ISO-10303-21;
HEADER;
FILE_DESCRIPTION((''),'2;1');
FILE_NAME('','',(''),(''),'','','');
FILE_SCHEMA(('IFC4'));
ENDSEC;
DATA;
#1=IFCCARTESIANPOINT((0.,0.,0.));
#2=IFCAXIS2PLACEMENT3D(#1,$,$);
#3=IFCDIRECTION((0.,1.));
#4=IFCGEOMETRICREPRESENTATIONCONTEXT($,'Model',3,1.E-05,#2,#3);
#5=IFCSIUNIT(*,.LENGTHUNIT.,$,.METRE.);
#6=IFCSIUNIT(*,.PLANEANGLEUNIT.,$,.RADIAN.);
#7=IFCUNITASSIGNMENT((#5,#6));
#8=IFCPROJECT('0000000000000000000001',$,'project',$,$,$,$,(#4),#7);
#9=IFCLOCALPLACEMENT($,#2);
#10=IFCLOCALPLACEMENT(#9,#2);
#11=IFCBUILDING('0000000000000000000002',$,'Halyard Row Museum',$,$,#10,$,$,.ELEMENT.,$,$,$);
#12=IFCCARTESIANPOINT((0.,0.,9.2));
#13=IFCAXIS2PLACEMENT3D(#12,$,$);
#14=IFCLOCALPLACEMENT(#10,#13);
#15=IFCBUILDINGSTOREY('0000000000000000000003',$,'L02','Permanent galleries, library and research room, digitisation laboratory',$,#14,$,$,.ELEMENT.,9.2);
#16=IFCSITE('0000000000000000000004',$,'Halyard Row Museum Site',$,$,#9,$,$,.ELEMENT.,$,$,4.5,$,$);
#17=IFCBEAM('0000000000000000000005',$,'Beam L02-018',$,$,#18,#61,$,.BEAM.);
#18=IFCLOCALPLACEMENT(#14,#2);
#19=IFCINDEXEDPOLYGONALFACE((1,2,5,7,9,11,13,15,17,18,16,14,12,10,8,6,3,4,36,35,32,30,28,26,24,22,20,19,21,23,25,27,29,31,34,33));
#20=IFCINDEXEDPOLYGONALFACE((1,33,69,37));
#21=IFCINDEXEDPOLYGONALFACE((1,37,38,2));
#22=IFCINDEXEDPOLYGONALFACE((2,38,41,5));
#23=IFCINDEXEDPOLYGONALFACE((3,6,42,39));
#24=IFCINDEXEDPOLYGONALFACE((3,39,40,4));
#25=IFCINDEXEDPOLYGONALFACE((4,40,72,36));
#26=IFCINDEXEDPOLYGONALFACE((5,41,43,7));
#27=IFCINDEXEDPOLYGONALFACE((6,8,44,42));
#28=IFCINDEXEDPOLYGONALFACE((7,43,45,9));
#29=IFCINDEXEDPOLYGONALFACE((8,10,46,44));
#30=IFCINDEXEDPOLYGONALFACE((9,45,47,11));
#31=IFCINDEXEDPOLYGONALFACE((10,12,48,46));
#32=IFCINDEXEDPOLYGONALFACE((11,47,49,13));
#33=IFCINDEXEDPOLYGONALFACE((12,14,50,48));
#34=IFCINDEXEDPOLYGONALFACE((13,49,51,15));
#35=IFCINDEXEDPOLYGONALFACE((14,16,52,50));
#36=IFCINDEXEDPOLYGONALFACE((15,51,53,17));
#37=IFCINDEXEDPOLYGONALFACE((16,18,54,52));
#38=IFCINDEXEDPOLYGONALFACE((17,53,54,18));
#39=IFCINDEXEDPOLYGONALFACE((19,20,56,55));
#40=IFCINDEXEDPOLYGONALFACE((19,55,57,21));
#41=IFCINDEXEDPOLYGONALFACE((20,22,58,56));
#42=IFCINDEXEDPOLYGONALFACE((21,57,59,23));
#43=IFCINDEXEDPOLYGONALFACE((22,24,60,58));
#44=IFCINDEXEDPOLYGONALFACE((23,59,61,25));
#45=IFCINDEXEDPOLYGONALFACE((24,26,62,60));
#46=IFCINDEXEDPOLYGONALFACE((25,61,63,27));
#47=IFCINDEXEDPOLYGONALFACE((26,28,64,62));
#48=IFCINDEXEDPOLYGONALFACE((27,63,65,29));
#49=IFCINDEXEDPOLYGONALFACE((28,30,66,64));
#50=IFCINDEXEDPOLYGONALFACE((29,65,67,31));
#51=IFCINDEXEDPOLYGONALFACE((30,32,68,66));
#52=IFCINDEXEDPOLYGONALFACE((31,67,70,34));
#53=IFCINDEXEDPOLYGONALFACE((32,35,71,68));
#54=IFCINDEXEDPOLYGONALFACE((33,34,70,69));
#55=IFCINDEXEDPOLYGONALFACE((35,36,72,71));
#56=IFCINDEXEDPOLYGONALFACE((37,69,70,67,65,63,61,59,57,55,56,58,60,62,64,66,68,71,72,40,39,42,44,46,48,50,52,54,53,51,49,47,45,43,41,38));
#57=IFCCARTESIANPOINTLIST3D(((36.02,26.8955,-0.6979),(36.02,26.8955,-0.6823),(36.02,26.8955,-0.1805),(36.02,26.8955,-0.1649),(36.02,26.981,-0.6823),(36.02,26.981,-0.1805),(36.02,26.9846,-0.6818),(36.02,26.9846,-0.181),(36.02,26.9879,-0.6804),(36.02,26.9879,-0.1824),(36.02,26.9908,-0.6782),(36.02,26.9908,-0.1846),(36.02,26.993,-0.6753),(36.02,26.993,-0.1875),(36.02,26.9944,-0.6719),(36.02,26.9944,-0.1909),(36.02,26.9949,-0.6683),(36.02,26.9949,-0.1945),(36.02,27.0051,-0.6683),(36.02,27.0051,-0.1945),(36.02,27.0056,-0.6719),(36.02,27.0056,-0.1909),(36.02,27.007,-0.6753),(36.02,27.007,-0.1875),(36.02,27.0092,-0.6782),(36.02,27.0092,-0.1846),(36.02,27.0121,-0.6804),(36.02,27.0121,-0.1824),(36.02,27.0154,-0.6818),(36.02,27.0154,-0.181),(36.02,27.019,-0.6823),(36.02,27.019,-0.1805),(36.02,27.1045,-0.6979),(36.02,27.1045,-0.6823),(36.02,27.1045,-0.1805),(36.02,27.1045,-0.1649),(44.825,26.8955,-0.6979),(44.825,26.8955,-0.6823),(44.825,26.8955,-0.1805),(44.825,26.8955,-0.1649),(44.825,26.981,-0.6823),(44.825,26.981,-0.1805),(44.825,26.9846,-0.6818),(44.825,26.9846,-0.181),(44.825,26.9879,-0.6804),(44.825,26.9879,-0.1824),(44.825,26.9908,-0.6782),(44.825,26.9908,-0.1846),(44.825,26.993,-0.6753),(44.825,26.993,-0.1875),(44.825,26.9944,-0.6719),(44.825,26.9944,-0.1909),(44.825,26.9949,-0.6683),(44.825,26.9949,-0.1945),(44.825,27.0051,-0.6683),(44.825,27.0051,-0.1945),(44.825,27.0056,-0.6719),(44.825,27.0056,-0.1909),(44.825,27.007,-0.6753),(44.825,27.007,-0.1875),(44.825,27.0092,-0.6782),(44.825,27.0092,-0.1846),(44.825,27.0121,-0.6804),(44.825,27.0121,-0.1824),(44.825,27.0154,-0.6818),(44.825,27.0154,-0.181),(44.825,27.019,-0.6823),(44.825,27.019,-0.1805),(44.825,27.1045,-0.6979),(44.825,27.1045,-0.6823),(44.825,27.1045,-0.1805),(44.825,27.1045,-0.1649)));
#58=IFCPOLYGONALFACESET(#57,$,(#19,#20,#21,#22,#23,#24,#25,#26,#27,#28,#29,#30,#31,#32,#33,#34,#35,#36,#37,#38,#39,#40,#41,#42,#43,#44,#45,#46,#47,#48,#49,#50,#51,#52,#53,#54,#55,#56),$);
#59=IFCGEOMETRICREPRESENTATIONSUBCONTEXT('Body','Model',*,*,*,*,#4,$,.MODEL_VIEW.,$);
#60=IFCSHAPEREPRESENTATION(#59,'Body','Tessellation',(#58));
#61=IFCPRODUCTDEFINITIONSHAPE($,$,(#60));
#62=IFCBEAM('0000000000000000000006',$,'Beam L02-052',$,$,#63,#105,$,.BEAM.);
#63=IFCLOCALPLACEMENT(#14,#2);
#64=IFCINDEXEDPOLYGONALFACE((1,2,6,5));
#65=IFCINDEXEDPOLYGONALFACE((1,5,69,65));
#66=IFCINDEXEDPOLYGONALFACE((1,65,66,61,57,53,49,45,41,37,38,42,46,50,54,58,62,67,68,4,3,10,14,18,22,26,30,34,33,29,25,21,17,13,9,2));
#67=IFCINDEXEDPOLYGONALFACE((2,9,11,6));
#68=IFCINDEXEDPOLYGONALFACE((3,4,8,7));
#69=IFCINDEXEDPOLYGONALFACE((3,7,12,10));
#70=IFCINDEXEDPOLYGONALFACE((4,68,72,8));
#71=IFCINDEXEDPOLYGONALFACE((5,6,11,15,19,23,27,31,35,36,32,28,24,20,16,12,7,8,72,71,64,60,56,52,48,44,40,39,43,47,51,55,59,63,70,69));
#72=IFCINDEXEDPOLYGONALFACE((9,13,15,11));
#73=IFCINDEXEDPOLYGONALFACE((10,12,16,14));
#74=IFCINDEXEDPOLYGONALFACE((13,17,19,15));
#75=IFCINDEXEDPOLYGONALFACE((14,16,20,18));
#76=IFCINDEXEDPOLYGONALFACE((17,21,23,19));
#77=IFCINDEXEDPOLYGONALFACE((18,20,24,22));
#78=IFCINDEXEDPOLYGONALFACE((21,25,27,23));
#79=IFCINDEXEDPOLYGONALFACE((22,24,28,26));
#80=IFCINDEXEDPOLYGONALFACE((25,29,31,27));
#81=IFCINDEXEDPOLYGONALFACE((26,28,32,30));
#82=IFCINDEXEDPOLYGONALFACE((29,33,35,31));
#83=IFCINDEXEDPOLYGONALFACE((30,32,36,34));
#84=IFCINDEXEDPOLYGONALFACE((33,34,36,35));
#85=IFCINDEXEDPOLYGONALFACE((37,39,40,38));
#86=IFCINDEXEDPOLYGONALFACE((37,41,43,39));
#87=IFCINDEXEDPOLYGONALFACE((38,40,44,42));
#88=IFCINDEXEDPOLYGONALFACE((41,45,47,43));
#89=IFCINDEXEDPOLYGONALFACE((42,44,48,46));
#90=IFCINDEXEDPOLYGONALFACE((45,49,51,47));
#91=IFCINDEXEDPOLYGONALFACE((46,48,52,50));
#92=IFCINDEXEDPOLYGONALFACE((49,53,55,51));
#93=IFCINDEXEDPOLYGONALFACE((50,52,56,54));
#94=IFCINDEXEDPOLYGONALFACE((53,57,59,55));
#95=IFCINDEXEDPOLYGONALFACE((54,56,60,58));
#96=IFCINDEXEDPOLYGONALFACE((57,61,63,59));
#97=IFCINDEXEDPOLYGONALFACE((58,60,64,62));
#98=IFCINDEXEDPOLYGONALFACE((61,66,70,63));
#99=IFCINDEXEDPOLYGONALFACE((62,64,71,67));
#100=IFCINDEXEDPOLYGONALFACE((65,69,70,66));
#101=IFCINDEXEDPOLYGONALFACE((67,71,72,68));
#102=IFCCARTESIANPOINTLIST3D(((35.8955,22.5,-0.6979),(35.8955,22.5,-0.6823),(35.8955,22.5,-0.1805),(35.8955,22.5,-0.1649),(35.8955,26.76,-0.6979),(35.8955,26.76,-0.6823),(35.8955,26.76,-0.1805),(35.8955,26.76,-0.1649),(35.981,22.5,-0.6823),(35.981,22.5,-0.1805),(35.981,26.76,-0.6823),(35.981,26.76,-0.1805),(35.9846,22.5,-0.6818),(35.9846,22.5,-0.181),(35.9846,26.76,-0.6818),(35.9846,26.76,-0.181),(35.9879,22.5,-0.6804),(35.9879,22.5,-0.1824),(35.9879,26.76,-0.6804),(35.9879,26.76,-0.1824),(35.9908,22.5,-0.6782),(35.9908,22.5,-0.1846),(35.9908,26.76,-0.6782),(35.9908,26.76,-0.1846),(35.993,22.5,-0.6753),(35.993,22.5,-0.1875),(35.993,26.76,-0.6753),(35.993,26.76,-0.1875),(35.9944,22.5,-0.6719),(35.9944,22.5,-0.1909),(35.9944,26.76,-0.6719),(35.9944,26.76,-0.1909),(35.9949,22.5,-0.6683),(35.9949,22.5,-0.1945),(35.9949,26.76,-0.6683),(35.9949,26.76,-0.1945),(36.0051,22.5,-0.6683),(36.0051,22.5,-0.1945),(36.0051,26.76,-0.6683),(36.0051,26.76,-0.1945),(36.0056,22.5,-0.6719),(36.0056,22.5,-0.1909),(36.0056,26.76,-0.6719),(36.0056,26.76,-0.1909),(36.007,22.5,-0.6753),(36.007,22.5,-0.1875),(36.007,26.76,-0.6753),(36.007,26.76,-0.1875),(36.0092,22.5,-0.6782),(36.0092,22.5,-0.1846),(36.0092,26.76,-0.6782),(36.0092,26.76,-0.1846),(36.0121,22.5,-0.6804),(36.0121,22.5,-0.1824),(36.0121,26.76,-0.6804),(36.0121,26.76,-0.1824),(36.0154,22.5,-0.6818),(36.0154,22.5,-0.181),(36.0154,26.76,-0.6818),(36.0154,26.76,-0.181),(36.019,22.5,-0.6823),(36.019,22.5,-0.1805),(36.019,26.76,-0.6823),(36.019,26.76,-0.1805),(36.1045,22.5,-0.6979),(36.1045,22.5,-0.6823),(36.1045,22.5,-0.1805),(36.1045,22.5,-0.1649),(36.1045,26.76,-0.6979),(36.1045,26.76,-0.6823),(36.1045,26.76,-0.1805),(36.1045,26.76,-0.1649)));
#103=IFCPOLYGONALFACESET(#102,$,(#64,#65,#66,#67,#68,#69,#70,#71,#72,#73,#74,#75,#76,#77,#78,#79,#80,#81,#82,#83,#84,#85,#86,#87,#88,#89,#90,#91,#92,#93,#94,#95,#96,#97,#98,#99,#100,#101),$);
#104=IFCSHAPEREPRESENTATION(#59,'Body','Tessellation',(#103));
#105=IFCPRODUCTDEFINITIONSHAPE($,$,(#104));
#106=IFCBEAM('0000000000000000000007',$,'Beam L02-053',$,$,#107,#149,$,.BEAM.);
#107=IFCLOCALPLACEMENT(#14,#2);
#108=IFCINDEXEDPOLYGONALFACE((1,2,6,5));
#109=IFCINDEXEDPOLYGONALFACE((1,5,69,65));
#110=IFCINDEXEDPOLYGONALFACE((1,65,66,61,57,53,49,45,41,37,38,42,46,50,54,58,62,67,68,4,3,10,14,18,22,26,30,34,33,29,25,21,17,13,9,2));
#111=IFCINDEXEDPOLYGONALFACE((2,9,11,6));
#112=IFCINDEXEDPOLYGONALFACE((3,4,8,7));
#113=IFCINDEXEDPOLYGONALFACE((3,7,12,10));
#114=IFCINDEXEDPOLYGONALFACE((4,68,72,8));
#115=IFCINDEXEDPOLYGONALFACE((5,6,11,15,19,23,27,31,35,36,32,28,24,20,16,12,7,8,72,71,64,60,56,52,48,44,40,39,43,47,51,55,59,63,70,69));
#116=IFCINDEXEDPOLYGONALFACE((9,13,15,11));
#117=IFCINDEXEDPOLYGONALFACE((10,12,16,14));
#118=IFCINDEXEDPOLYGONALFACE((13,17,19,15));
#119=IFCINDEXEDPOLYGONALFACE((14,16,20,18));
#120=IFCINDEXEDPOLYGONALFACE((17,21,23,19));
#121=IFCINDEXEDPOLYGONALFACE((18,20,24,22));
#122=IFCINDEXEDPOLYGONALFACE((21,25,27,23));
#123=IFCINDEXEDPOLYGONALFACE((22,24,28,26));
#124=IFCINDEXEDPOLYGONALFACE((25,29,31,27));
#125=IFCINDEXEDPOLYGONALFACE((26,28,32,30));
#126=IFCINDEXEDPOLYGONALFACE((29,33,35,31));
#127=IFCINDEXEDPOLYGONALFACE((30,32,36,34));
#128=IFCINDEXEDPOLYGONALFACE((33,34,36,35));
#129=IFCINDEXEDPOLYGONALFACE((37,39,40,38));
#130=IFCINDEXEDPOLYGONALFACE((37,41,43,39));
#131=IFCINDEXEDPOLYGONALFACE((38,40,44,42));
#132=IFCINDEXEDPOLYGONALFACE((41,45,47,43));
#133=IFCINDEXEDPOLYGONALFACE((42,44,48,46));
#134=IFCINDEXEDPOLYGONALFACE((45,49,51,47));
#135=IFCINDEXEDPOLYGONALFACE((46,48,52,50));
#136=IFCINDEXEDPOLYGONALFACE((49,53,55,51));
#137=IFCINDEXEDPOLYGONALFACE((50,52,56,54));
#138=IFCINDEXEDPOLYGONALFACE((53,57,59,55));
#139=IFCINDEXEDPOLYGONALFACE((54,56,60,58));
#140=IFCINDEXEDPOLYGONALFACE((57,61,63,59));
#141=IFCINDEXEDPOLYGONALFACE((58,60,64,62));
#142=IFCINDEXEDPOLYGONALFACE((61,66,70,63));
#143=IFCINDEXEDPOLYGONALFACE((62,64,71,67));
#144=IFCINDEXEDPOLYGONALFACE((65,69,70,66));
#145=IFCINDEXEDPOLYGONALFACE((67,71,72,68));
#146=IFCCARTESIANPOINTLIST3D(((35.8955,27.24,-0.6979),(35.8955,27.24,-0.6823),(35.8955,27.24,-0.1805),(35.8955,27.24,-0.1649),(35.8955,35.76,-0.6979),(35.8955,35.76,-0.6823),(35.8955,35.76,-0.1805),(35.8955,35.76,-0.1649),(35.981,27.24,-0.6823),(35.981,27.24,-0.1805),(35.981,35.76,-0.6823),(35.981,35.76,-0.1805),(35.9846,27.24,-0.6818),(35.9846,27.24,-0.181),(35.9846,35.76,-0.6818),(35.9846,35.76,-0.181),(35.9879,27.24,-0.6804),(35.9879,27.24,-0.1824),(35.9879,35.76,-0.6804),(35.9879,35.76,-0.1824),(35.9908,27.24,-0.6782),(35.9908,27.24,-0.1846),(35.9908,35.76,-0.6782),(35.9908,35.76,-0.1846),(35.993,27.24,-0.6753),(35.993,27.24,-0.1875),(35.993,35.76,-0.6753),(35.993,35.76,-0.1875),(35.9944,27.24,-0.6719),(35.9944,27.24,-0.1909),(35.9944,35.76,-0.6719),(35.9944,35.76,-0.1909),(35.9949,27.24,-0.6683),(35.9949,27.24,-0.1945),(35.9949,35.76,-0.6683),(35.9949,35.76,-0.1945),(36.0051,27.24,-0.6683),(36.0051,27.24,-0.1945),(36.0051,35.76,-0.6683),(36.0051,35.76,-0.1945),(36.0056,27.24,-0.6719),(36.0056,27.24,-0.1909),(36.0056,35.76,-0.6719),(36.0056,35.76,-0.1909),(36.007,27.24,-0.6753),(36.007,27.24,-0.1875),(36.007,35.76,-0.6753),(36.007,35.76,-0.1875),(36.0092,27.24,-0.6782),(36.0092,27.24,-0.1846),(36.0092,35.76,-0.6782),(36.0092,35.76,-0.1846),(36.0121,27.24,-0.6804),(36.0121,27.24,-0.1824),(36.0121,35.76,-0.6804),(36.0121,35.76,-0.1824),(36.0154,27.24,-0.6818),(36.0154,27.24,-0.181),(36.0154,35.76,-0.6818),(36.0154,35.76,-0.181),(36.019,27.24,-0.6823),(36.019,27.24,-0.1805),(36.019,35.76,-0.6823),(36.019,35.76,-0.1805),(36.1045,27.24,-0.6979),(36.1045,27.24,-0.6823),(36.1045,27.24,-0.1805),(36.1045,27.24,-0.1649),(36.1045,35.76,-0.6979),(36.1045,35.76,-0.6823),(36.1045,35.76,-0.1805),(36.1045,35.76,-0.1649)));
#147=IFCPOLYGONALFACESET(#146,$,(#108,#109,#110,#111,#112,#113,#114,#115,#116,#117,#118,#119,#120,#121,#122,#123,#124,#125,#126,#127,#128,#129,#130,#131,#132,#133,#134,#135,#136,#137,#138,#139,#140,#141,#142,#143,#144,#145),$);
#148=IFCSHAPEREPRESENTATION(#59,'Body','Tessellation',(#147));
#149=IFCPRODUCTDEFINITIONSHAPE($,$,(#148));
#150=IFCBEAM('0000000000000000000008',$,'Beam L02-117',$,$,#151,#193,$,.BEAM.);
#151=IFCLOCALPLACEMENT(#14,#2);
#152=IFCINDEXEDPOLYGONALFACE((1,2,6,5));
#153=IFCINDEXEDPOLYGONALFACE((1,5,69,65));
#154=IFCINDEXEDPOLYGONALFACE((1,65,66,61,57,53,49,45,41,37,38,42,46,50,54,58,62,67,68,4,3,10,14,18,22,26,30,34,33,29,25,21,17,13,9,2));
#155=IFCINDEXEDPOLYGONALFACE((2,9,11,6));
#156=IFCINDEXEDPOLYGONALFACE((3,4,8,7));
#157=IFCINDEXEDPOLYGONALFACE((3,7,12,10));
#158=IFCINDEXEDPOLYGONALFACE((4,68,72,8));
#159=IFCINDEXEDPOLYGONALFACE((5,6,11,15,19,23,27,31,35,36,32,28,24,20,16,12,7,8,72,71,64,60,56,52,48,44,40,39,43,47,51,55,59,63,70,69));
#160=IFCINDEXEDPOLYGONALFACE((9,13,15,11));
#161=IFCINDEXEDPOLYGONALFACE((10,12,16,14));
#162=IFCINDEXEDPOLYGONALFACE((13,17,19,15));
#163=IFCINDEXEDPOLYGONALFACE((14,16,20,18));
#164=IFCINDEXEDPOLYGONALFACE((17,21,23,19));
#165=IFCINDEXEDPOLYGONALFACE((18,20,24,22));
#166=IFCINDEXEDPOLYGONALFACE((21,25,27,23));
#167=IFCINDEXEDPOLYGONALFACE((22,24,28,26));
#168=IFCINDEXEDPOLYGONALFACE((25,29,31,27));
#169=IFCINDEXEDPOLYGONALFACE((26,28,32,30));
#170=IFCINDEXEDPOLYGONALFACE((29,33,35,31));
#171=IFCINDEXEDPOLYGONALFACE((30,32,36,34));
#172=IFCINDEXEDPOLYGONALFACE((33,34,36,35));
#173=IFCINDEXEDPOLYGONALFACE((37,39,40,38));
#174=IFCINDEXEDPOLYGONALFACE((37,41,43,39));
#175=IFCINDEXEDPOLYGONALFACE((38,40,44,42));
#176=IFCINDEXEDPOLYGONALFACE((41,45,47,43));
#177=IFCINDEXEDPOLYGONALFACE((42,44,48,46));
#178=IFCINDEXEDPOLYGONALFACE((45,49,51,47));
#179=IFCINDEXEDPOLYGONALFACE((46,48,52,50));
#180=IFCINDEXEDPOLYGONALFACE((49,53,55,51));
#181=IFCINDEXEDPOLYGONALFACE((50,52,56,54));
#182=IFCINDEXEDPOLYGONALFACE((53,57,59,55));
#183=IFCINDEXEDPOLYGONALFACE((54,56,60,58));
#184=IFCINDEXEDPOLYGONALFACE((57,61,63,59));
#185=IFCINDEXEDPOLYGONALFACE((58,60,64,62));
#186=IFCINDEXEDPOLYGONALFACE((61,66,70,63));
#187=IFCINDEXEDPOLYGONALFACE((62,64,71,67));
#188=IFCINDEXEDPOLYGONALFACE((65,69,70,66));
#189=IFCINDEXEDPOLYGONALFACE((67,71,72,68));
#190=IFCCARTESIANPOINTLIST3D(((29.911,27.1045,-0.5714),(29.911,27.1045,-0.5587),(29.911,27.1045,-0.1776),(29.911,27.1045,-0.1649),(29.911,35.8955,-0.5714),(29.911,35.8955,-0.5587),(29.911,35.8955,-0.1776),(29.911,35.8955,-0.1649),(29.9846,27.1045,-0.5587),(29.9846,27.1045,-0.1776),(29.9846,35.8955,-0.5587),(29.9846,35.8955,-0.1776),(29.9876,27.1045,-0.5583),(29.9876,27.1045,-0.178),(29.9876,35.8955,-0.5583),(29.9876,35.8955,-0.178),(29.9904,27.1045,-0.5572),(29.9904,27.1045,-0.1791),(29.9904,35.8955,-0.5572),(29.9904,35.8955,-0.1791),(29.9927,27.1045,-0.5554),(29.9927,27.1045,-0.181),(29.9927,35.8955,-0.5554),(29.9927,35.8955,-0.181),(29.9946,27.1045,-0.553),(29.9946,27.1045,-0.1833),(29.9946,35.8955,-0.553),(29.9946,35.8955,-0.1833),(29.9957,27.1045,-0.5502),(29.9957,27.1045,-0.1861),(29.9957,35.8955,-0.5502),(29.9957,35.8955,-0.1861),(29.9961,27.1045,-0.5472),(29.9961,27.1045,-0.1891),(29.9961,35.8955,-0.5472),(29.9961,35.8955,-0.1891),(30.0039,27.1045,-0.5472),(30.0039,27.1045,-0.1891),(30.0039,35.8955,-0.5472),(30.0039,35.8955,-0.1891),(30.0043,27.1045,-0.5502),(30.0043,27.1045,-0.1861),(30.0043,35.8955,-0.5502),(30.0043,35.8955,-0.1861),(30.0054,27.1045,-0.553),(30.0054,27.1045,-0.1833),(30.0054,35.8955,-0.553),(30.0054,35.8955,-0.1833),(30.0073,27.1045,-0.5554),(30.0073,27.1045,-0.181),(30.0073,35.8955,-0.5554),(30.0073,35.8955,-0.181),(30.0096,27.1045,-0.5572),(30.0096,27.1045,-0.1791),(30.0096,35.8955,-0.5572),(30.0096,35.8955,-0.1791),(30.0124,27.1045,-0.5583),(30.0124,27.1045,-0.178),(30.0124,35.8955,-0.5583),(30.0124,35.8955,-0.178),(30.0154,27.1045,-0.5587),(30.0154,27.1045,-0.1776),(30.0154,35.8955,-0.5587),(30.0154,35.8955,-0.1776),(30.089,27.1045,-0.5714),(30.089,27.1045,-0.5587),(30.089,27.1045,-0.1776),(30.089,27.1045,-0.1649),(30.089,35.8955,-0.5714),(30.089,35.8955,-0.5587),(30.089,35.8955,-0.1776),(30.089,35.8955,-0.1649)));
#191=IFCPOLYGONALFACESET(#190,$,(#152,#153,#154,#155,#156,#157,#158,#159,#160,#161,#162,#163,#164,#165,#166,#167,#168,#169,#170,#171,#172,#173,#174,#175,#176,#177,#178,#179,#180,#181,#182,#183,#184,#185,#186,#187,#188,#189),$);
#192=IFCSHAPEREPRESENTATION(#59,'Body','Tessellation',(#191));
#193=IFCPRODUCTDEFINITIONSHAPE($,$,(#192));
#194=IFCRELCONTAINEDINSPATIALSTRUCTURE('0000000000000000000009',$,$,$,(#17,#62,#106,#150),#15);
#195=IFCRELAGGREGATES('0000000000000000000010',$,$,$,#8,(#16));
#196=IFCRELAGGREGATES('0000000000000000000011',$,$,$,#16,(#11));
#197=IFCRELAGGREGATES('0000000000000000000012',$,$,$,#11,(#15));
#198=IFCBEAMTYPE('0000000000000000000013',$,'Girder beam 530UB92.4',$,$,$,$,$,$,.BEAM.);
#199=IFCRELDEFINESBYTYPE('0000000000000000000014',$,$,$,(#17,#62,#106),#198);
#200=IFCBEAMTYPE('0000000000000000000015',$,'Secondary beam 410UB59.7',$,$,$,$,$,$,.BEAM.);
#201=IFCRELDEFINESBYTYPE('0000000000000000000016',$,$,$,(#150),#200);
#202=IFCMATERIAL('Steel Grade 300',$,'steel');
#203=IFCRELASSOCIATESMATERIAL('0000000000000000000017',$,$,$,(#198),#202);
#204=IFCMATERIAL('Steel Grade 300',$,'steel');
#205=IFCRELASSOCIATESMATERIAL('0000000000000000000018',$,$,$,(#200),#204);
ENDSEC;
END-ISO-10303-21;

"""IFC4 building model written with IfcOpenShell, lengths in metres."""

from ifc_helpers import new_model, si_unit, direction, frame, origin, origin_2d, place, context, subcontext, project, spatial, i_section, extrude, material, material_profile, profile_set, type_object, element, save


model = new_model("IFC4")

# Units and contexts
model_context = context("Model", 3, precision=1e-05, world=origin(), true_north=direction((0.0, 1.0)))
body_context = subcontext(model_context, "Body", "Model", "MODEL_VIEW")
ifc_project = project(units=[si_unit("LENGTHUNIT", "METRE"), si_unit("PLANEANGLEUNIT", "RADIAN")], contexts=[model_context])

# Site, building, storey
site_placement = place(None, origin())
site = spatial("IfcSite", under=ifc_project, at=site_placement, Name="Halyard Row Museum Site", CompositionType="ELEMENT", RefElevation=4.5)
building_placement = place(site_placement, origin())
building = spatial("IfcBuilding", under=site, at=building_placement, Name="Halyard Row Museum", CompositionType="ELEMENT")
storey_placement = place(building_placement, frame((0.0, 0.0, 9.2)))
storey = spatial("IfcBuildingStorey", under=building, at=storey_placement, Name="L02", Description="Permanent galleries, library and research room, digitisation laboratory", CompositionType="ELEMENT", Elevation=9.2)

# Beams
ifc_material_1 = material(Name="Steel Grade 300", Category="steel")
ifc_material_profile_1 = material_profile(ifc_material_1, i_section(OverallWidth=0.209, OverallDepth=0.533, WebThickness=0.0103, FlangeThickness=0.0156, FilletRadius=0.0139, at=origin_2d()), Name="530UB92.4")
ifc_profile_set_1 = profile_set([ifc_material_profile_1], Name="Steel Grade 300")
beam_type_1 = type_object("IfcBeamType", Name="Girder beam 530UB92.4", PredefinedType="BEAM", material=ifc_profile_set_1)
beam_1_placement = place(storey_placement, frame((36.02, 27.0, -0.4314), z_axis=(1.0, 0.0, 0.0), x_axis=(0.0, 1.0, 0.0)))
element("IfcBeam", 1, at=beam_1_placement, inside=storey, type_object=beam_type_1, Name="Beam L02-018", PredefinedType="BEAM", context=body_context, shape_type="SweptSolid", body=[
    extrude(i_section(OverallWidth=0.209, OverallDepth=0.533, WebThickness=0.0103, FlangeThickness=0.0156, FilletRadius=0.0139, at=origin_2d()), origin(), (0.0, 0.0, 1.0), 8.8049),
])
beam_2_placement = place(storey_placement, frame((36.0, 22.5, -0.4314), z_axis=(0.0, 1.0, 0.0), x_axis=(-1.0, 0.0, 0.0)))
element("IfcBeam", 2, at=beam_2_placement, inside=storey, type_object=beam_type_1, Name="Beam L02-052", PredefinedType="BEAM", context=body_context, shape_type="SweptSolid", body=[
    extrude(i_section(OverallWidth=0.209, OverallDepth=0.533, WebThickness=0.0103, FlangeThickness=0.0156, FilletRadius=0.0139, at=origin_2d()), origin(), (0.0, 0.0, 1.0), 4.26),
])
beam_3_placement = place(storey_placement, frame((36.0, 27.24, -0.4314), z_axis=(0.0, 1.0, 0.0), x_axis=(-1.0, 0.0, 0.0)))
element("IfcBeam", 3, at=beam_3_placement, inside=storey, type_object=beam_type_1, Name="Beam L02-053", PredefinedType="BEAM", context=body_context, shape_type="SweptSolid", body=[
    extrude(i_section(OverallWidth=0.209, OverallDepth=0.533, WebThickness=0.0103, FlangeThickness=0.0156, FilletRadius=0.0139, at=origin_2d()), origin(), (0.0, 0.0, 1.0), 8.52),
])
ifc_material_2 = material(Name="Steel Grade 300", Category="steel")
ifc_material_profile_2 = material_profile(ifc_material_2, i_section(OverallWidth=0.178, OverallDepth=0.4065, WebThickness=0.0078, FlangeThickness=0.0127, FilletRadius=0.0115, at=origin_2d()), Name="410UB59.7")
ifc_profile_set_2 = profile_set([ifc_material_profile_2], Name="Steel Grade 300")
beam_type_2 = type_object("IfcBeamType", Name="Secondary beam 410UB59.7", PredefinedType="BEAM", material=ifc_profile_set_2)
for number, where, z_axis, x_axis, name in (
    (4, (30.0, 27.1045, -0.3682), (0.0, 1.0, 0.0), (-1.0, 0.0, 0.0), "Beam L02-117"),
):
    element("IfcBeam", number, at=place(storey_placement, frame(where, z_axis=z_axis, x_axis=x_axis)), inside=storey, type_object=beam_type_2, Name=name, PredefinedType="BEAM", context=body_context, shape_type="SweptSolid", body=[
        extrude(i_section(OverallWidth=0.178, OverallDepth=0.4065, WebThickness=0.0078, FlangeThickness=0.0127, FilletRadius=0.0115, at=origin_2d()), origin(), (0.0, 0.0, 1.0), 8.791),
    ])

save(model, "model.ifc")
